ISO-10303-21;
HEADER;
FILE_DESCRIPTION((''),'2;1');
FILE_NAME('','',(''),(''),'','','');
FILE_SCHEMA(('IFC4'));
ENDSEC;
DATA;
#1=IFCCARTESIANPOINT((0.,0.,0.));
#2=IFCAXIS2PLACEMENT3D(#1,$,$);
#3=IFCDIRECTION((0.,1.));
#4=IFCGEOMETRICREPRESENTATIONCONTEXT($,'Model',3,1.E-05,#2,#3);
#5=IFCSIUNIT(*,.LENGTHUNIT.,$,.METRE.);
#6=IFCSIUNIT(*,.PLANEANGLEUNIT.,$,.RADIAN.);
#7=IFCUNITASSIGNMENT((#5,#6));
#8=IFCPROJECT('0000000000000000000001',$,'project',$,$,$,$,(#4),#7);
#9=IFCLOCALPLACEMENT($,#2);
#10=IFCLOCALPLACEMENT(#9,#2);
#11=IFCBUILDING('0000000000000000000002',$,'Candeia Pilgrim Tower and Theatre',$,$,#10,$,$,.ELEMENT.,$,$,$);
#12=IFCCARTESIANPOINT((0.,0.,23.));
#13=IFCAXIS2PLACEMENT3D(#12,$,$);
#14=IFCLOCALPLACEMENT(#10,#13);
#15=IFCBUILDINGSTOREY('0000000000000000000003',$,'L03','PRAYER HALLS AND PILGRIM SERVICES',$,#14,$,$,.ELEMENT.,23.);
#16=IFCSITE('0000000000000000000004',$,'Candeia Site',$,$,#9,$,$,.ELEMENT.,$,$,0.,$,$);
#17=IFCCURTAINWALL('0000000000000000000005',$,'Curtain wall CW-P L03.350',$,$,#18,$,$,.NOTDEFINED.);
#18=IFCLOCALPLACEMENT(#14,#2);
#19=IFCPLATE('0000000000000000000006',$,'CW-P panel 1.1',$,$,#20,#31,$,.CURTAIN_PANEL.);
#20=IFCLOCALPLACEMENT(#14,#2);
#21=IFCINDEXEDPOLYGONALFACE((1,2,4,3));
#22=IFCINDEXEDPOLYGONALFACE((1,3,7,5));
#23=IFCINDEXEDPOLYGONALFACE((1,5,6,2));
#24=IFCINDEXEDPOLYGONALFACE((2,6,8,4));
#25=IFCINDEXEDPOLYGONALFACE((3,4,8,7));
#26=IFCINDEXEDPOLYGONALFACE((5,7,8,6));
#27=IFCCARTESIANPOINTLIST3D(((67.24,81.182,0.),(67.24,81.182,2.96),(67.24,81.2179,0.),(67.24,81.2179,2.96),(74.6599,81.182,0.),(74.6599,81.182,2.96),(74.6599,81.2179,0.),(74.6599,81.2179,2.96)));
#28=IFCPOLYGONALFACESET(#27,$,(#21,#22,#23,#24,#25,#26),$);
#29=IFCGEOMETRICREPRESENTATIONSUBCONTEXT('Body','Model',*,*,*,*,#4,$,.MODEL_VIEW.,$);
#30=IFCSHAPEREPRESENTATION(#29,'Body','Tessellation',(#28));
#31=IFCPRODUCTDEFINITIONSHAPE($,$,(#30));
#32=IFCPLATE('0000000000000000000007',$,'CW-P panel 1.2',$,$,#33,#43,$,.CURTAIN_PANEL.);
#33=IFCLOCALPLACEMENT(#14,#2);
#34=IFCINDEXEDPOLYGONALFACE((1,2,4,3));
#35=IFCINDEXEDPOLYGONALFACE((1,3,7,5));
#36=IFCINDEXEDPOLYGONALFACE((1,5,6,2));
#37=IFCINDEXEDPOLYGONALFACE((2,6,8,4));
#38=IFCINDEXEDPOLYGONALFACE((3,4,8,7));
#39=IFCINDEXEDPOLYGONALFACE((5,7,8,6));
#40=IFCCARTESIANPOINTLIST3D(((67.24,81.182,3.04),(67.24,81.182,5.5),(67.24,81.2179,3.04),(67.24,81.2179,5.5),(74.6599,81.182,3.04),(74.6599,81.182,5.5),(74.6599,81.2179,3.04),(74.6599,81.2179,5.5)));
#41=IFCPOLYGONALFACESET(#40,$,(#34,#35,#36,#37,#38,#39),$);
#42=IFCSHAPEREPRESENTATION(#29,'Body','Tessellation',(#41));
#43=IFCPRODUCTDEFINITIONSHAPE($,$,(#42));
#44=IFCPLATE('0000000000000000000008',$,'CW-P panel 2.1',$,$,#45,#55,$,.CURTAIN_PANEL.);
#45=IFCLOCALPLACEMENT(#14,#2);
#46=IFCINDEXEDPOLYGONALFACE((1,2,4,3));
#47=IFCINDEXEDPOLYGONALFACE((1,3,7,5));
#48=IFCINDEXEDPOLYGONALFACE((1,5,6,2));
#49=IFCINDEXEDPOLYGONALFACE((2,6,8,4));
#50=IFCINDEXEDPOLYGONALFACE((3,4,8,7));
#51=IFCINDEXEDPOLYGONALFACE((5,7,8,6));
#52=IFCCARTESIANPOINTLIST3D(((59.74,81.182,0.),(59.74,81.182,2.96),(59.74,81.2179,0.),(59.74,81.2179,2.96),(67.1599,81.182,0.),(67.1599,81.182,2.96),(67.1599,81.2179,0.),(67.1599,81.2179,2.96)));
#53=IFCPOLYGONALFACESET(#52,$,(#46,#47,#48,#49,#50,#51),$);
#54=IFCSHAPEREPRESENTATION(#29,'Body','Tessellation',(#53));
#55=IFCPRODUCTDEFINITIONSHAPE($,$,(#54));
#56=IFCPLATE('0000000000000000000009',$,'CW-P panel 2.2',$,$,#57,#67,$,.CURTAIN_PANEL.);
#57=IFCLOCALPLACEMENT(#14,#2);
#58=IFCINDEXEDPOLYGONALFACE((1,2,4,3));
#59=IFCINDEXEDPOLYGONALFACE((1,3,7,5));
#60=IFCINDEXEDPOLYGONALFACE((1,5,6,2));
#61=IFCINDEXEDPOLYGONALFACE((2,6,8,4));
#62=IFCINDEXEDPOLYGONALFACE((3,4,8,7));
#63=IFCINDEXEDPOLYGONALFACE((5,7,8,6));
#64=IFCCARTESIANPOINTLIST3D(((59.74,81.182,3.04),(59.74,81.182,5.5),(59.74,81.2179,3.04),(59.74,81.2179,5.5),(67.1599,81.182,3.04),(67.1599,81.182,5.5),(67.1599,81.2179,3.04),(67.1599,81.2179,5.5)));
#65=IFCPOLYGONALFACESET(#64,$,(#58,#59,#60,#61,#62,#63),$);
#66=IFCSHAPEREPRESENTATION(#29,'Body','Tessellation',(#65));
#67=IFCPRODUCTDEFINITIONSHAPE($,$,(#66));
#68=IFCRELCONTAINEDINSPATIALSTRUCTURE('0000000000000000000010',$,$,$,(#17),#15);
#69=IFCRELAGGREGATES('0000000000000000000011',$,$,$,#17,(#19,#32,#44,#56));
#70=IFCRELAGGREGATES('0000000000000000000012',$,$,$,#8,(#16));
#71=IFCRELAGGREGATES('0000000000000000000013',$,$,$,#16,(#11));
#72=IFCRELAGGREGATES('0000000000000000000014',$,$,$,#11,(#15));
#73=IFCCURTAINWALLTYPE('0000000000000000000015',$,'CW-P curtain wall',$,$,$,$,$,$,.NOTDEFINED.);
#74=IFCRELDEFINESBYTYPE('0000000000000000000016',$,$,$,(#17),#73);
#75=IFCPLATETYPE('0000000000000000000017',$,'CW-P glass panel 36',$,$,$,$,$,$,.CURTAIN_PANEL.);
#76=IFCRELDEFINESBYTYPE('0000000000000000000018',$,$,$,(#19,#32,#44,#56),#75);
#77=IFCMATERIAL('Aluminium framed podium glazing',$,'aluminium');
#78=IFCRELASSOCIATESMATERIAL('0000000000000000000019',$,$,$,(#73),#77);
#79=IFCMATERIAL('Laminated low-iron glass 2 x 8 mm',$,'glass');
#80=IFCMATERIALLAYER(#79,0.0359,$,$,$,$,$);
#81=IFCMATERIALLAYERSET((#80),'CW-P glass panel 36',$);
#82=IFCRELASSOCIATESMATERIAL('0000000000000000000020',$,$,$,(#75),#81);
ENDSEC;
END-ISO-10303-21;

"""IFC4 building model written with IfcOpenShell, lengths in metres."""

from ifc_helpers import new_model, si_unit, direction, frame, origin, origin_2d, place, context, subcontext, project, spatial, rectangle, extrude, material, layer, layer_set, type_object, element, aggregate, save


model = new_model("IFC4")

# Units and contexts
model_context = context("Model", 3, precision=1e-05, world=origin(), true_north=direction((0.0, 1.0)))
body_context = subcontext(model_context, "Body", "Model", "MODEL_VIEW")
ifc_project = project(units=[si_unit("LENGTHUNIT", "METRE"), si_unit("PLANEANGLEUNIT", "RADIAN")], contexts=[model_context])

# Site, building, storey
site_placement = place(None, origin())
site = spatial("IfcSite", under=ifc_project, at=site_placement, Name="Candeia Site", CompositionType="ELEMENT", RefElevation=0.0)
building_placement = place(site_placement, origin())
building = spatial("IfcBuilding", under=site, at=building_placement, Name="Candeia Pilgrim Tower and Theatre", CompositionType="ELEMENT")
storey_placement = place(building_placement, frame((0.0, 0.0, 23.0)))
storey = spatial("IfcBuildingStorey", under=building, at=storey_placement, Name="L03", Description="PRAYER HALLS AND PILGRIM SERVICES", CompositionType="ELEMENT", Elevation=23.0)

# Shared definitions
ifc_material_1 = material(Name="Aluminium framed podium glazing", Category="aluminium")
curtain_wall_type = type_object("IfcCurtainWallType", Name="CW-P curtain wall", PredefinedType="NOTDEFINED", material=ifc_material_1)

# Curtain wall
curtain_wall_1_placement = place(storey_placement, origin())
curtain_wall_1 = element("IfcCurtainWall", 1, at=curtain_wall_1_placement, inside=storey, type_object=curtain_wall_type, Name="Curtain wall CW-P L03.350", PredefinedType="NOTDEFINED")

# Plates
ifc_material_2 = material(Name="Laminated low-iron glass 2 x 8 mm", Category="glass")
ifc_layer_1 = layer(ifc_material_2, 0.0359)
ifc_layer_set_1 = layer_set([ifc_layer_1], Name="CW-P glass panel 36")
plate_type = type_object("IfcPlateType", Name="CW-P glass panel 36", PredefinedType="CURTAIN_PANEL", material=ifc_layer_set_1)
plate_1_placement = place(storey_placement, frame((70.95, 81.2, 0.0), z_axis=(0.0, 0.0, 1.0), x_axis=(-1.0, 0.0, 0.0)))
plate_1 = element("IfcPlate", 2, at=plate_1_placement, type_object=plate_type, Name="CW-P panel 1.1", PredefinedType="CURTAIN_PANEL", context=body_context, shape_type="SweptSolid", body=[
    extrude(rectangle(XDim=7.4199, YDim=0.0359, at=origin_2d()), origin(), (0.0, 0.0, 1.0), 2.96),
])
plate_2_placement = place(storey_placement, frame((70.95, 81.2, 3.04), z_axis=(0.0, 0.0, 1.0), x_axis=(-1.0, 0.0, 0.0)))
plate_2 = element("IfcPlate", 3, at=plate_2_placement, type_object=plate_type, Name="CW-P panel 1.2", PredefinedType="CURTAIN_PANEL", context=body_context, shape_type="SweptSolid", body=[
    extrude(rectangle(XDim=7.4199, YDim=0.0359, at=origin_2d()), origin(), (0.0, 0.0, 1.0), 2.46),
])
plate_3_placement = place(storey_placement, frame((63.45, 81.2, 0.0), z_axis=(0.0, 0.0, 1.0), x_axis=(-1.0, 0.0, 0.0)))
plate_3 = element("IfcPlate", 4, at=plate_3_placement, type_object=plate_type, Name="CW-P panel 2.1", PredefinedType="CURTAIN_PANEL", context=body_context, shape_type="SweptSolid", body=[
    extrude(rectangle(XDim=7.4199, YDim=0.0359, at=origin_2d()), origin(), (0.0, 0.0, 1.0), 2.96),
])
plate_4_placement = place(storey_placement, frame((63.45, 81.2, 3.04), z_axis=(0.0, 0.0, 1.0), x_axis=(-1.0, 0.0, 0.0)))
plate_4 = element("IfcPlate", 5, at=plate_4_placement, type_object=plate_type, Name="CW-P panel 2.2", PredefinedType="CURTAIN_PANEL", context=body_context, shape_type="SweptSolid", body=[
    extrude(rectangle(XDim=7.4199, YDim=0.0359, at=origin_2d()), origin(), (0.0, 0.0, 1.0), 2.46),
])
aggregate(curtain_wall_1, [plate_1, plate_2, plate_3, plate_4])

save(model, "model.ifc")
